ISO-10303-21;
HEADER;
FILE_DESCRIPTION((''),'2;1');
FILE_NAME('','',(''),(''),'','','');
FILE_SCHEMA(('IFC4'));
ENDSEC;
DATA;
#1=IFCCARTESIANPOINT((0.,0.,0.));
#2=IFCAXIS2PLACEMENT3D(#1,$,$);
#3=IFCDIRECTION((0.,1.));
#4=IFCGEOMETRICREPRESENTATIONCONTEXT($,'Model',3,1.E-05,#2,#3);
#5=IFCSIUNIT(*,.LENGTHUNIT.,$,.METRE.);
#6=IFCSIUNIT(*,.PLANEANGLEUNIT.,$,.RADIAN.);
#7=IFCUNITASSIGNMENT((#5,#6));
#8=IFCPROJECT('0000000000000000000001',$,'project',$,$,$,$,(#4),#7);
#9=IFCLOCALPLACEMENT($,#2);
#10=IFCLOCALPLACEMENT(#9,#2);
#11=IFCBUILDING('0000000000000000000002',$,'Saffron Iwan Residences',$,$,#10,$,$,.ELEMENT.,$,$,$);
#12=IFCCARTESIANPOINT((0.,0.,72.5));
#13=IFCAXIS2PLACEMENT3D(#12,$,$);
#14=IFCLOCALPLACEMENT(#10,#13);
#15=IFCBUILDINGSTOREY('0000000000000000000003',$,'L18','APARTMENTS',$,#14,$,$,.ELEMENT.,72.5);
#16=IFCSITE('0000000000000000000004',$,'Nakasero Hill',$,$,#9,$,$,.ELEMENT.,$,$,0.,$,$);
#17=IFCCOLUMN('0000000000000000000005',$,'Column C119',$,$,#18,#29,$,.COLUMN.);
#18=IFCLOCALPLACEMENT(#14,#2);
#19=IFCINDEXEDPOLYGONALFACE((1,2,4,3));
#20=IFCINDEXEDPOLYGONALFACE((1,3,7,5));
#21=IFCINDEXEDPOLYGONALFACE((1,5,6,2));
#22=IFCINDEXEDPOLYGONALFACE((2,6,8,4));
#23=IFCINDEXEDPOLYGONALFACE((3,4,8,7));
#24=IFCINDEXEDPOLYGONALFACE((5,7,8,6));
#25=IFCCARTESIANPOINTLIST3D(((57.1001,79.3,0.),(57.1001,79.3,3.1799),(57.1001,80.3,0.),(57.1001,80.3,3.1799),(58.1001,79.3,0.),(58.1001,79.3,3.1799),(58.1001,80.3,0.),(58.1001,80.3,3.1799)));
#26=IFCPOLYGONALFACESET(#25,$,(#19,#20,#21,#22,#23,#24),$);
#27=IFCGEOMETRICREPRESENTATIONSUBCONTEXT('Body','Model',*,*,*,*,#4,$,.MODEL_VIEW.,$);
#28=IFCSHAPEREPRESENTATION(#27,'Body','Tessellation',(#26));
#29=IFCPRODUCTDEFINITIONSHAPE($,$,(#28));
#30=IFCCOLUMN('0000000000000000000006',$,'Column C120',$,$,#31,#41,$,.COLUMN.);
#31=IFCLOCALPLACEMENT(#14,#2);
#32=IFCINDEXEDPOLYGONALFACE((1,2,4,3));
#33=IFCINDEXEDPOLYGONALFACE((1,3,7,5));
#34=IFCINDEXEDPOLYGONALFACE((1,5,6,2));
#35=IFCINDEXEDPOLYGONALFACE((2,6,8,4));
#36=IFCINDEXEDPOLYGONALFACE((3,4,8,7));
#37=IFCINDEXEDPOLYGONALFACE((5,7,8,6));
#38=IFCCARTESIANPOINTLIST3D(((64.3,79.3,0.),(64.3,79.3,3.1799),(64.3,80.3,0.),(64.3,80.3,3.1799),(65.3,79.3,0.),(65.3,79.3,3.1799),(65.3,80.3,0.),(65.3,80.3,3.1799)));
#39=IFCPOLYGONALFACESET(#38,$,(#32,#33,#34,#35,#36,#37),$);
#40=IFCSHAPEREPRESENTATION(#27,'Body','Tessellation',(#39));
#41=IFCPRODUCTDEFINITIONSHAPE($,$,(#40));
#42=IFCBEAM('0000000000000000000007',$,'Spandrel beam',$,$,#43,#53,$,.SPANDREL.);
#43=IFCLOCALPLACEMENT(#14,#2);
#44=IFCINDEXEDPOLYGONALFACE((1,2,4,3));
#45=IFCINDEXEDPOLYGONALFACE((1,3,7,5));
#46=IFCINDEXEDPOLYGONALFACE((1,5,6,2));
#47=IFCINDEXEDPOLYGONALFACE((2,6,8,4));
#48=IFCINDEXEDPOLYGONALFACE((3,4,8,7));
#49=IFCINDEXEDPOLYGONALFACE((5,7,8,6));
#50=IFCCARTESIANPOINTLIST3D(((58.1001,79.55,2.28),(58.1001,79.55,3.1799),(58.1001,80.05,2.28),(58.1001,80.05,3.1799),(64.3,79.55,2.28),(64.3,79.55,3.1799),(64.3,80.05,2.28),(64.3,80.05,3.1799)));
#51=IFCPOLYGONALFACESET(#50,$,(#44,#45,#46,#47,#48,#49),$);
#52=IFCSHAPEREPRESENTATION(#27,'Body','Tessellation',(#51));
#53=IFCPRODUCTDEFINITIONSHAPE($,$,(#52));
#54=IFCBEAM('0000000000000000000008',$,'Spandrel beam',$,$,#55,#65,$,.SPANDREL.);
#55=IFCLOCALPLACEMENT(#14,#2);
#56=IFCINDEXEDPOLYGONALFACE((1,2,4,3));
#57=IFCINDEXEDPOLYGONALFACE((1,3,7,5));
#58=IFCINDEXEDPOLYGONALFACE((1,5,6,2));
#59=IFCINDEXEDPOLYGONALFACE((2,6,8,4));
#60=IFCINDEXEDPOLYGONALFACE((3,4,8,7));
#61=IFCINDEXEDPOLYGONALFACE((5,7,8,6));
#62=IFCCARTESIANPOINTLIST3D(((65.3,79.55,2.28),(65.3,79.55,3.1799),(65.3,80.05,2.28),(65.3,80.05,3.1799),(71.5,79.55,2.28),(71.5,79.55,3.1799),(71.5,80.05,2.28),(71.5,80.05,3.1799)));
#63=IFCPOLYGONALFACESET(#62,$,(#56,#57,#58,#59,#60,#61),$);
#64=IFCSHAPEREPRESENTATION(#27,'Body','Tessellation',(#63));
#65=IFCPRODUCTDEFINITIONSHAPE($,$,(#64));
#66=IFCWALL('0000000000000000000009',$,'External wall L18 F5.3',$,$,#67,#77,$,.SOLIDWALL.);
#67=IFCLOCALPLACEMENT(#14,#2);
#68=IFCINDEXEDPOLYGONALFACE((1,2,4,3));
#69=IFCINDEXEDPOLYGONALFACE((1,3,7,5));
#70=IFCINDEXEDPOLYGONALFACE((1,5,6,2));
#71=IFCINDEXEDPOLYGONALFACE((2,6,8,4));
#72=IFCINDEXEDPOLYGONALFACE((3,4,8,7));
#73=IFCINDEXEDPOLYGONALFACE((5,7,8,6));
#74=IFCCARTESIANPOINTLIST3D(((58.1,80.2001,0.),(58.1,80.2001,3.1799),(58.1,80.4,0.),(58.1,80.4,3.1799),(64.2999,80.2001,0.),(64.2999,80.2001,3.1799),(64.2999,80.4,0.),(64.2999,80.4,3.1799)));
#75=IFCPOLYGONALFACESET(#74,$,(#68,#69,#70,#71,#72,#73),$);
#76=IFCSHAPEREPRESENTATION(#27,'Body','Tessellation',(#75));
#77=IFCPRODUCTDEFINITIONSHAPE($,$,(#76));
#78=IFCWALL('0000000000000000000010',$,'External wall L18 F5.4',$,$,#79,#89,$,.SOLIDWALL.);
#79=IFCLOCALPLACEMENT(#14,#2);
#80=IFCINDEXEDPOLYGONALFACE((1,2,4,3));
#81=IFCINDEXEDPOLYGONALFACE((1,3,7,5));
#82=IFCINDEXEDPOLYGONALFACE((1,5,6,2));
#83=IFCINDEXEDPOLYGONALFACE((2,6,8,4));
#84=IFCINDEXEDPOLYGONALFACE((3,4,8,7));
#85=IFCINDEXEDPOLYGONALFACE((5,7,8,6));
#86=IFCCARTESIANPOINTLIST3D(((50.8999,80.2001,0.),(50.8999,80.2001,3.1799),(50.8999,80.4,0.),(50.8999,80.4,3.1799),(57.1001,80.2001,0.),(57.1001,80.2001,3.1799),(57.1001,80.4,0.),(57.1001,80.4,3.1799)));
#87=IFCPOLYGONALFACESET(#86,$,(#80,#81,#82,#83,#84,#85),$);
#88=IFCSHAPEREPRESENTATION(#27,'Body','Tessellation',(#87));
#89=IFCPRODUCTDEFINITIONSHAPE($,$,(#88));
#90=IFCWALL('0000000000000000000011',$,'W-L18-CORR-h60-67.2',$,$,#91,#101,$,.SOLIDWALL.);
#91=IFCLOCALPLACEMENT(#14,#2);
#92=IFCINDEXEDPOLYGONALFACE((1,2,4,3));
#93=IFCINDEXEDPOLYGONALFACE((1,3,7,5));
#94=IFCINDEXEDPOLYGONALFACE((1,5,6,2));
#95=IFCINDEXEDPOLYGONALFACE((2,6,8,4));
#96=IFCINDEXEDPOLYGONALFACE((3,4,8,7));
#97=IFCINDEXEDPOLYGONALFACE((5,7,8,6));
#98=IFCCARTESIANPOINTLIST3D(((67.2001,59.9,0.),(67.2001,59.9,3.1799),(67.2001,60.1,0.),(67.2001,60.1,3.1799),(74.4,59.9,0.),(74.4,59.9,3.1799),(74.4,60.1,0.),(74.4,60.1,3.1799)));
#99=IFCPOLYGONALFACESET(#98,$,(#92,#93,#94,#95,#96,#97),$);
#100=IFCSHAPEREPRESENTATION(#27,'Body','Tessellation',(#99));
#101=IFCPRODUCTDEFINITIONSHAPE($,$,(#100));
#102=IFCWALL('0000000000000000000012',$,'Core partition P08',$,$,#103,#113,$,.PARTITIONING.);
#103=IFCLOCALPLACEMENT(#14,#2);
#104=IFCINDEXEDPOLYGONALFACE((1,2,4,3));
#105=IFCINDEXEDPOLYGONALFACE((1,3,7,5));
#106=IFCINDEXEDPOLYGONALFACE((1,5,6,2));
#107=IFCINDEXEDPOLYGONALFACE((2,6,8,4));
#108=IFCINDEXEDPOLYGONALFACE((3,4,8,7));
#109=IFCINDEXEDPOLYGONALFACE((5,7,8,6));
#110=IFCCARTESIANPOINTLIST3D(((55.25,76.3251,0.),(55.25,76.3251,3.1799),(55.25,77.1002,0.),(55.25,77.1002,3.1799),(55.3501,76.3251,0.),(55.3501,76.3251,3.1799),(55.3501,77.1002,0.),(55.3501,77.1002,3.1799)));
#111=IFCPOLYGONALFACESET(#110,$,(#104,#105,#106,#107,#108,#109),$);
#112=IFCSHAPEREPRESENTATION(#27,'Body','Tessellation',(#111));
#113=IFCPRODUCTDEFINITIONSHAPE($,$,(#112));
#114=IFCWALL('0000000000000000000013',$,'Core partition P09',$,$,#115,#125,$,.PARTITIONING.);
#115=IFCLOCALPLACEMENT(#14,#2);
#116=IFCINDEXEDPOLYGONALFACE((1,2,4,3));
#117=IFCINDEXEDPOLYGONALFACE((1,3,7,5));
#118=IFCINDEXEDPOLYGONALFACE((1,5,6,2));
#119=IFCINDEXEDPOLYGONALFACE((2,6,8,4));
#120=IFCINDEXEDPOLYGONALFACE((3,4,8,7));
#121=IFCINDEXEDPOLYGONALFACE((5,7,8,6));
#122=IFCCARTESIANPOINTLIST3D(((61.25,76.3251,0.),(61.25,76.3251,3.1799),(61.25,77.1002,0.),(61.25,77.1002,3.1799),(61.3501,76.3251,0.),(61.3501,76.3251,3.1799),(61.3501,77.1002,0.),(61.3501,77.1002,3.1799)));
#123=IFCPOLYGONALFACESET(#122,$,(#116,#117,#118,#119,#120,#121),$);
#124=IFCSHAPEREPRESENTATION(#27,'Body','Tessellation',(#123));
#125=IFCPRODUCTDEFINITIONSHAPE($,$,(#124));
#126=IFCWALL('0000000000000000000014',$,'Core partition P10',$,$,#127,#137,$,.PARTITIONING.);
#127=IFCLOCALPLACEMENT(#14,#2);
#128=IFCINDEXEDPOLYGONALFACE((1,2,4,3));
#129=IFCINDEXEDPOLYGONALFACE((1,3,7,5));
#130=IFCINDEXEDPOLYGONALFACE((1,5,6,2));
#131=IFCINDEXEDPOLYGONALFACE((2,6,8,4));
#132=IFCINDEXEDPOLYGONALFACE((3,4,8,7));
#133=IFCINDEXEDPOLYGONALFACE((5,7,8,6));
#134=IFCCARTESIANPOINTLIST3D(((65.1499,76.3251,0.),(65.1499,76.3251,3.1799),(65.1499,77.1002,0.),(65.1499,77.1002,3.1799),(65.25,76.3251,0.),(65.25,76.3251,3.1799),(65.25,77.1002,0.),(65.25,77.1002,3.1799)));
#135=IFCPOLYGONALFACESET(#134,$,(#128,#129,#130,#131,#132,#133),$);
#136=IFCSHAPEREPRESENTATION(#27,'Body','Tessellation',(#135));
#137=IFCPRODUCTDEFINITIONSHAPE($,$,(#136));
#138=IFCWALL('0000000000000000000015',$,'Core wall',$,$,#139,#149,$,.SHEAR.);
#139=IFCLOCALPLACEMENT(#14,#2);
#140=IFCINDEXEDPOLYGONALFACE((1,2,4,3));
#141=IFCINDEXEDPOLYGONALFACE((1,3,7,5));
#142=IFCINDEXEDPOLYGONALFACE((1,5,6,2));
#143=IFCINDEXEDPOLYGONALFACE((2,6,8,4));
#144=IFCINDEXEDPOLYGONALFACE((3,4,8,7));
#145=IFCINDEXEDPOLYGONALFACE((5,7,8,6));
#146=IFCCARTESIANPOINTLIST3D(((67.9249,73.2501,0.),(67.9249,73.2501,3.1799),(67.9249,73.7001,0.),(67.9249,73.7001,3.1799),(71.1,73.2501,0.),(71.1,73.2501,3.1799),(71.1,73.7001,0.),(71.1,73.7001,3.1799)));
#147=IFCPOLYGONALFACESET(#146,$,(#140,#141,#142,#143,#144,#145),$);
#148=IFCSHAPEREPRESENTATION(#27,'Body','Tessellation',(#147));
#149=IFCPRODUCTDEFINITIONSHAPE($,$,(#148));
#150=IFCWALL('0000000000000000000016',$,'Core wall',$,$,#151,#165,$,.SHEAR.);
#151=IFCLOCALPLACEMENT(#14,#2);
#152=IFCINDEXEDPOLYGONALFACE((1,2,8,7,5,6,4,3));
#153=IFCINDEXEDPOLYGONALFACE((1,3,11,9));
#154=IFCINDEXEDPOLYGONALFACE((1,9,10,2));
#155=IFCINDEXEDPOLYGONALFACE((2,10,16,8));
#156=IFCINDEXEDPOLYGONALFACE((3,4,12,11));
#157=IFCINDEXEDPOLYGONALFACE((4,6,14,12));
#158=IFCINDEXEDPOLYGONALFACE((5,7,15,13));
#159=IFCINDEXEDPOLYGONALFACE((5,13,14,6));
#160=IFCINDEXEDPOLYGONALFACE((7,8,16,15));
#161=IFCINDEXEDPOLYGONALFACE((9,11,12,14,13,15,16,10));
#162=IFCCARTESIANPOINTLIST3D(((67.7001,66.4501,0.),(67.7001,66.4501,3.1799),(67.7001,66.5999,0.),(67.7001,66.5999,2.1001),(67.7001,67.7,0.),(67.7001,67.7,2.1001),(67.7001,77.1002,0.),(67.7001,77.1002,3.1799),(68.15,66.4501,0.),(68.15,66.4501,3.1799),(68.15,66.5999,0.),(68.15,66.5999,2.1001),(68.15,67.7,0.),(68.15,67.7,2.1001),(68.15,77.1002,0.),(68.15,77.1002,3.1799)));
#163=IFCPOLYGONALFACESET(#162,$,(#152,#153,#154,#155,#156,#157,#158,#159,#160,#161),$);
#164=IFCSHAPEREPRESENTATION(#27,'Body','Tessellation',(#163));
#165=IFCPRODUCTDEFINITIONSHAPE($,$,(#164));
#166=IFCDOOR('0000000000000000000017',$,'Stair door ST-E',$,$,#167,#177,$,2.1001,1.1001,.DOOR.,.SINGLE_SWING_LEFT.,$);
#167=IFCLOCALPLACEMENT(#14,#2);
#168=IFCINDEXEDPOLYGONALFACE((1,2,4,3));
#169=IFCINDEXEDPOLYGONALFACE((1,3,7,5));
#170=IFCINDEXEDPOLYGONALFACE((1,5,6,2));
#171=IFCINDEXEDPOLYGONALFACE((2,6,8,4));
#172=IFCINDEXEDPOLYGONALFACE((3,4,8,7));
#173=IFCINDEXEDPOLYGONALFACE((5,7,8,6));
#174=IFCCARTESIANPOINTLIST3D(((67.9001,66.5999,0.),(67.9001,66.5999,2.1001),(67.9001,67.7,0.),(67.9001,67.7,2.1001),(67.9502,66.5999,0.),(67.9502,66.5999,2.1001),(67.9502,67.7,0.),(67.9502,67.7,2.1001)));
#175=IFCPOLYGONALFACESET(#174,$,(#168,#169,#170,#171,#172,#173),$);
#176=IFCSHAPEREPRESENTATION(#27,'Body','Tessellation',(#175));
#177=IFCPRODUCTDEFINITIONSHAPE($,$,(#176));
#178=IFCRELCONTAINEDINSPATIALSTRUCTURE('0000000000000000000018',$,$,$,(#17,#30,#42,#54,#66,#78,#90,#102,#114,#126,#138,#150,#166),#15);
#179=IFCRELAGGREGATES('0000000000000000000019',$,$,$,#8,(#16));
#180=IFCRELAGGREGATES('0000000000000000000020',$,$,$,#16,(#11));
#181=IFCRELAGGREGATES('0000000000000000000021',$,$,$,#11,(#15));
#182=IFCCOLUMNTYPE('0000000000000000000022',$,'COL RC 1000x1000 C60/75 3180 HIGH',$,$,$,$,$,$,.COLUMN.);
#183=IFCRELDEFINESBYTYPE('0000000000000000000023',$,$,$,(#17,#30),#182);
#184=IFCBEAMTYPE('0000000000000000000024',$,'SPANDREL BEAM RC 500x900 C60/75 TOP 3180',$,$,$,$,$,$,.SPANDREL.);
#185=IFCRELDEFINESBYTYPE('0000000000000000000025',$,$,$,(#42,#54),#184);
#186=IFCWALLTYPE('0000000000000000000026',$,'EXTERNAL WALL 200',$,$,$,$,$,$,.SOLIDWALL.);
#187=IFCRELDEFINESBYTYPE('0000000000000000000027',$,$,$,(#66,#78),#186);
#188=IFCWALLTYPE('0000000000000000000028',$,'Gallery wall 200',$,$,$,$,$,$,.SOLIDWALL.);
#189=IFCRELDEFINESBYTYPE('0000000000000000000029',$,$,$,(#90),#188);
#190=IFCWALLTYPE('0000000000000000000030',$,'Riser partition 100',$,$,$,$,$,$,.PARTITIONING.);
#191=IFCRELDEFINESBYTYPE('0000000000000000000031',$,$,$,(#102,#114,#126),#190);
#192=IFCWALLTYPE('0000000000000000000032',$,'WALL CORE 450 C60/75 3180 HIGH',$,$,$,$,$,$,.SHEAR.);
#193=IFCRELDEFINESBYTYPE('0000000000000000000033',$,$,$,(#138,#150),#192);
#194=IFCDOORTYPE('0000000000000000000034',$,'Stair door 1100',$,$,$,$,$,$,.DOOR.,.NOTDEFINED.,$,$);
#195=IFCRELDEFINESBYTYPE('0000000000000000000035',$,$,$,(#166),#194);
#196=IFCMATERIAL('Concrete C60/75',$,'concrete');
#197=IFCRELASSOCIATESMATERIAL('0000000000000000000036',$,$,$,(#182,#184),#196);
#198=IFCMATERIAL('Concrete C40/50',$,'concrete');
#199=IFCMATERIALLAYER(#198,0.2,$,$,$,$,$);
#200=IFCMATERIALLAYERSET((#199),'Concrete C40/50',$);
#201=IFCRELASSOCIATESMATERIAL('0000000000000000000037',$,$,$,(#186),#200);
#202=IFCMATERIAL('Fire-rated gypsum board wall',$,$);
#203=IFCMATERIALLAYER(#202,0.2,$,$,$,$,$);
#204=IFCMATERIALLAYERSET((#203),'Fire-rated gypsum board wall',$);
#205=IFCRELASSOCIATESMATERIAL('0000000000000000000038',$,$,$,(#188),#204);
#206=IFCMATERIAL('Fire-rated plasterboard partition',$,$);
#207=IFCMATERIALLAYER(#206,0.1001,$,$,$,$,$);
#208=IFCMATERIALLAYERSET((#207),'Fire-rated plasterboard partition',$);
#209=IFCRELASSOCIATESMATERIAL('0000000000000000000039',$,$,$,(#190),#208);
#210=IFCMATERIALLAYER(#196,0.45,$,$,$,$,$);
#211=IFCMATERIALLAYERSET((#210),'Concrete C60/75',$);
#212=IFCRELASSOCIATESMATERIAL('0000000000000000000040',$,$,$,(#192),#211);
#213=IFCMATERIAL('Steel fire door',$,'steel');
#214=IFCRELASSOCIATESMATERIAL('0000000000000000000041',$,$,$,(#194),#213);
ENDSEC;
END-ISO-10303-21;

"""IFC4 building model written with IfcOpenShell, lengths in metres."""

from ifc_helpers import new_model, si_unit, direction, frame, frame_2d, origin, origin_2d, place, context, subcontext, project, spatial, rectangle, extrude, source, transform, mapped, material, layer, layer_set, material_profile, profile_set, type_object, element, fill, save


model = new_model("IFC4")

# Units and contexts
model_context = context("Model", 3, precision=1e-05, world=origin(), true_north=direction((0.0, 1.0)))
body_context = subcontext(model_context, "Body", "Model", "MODEL_VIEW")
ifc_project = project(units=[si_unit("LENGTHUNIT", "METRE"), si_unit("PLANEANGLEUNIT", "RADIAN")], contexts=[model_context])

# Site, building, storey
site_placement = place(None, origin())
site = spatial("IfcSite", under=ifc_project, at=site_placement, Name="Nakasero Hill", CompositionType="ELEMENT", RefElevation=0.0)
building_placement = place(site_placement, origin())
building = spatial("IfcBuilding", under=site, at=building_placement, Name="Saffron Iwan Residences", CompositionType="ELEMENT")
storey_placement = place(building_placement, frame((0.0, 0.0, 72.5)))
storey = spatial("IfcBuildingStorey", under=building, at=storey_placement, Name="L18", Description="APARTMENTS", CompositionType="ELEMENT", Elevation=72.5)

# Columns
ifc_material_1 = material(Name="Concrete C60/75", Category="concrete")
ifc_material_profile_1 = material_profile(ifc_material_1, rectangle(XDim=1.0, YDim=1.0, at=origin_2d()), Name="RC 1000x1000")
ifc_profile_set_1 = profile_set([ifc_material_profile_1], Name="Concrete C60/75")
column_type = type_object("IfcColumnType", Name="COL RC 1000x1000 C60/75 3180 HIGH", PredefinedType="COLUMN", material=ifc_profile_set_1)
shared_shape_1 = source(origin(), body_context, "Body", "SweptSolid", [
    extrude(rectangle(XDim=1.0, YDim=1.0, at=origin_2d()), origin(), (0.0, 0.0, 1.0), 3.1799),
])
for number, where, z_axis, x_axis, name in (
    (1, (57.6001, 79.8, 0.0), (0.0, 0.0, 1.0), (1.0, 0.0, 0.0), "Column C119"),
    (2, (64.8, 79.8, 0.0), (0.0, 0.0, 1.0), (1.0, 0.0, 0.0), "Column C120"),
):
    element("IfcColumn", number, at=place(storey_placement, frame(where, z_axis=z_axis, x_axis=x_axis)), inside=storey, type_object=column_type, Name=name, PredefinedType="COLUMN", context=body_context, shape_type="MappedRepresentation", body=[
        mapped(shared_shape_1, transform((0.0, 0.0, 0.0))),
    ])

# Beams
ifc_material_profile_2 = material_profile(ifc_material_1, rectangle(XDim=0.5, YDim=0.8999, at=origin_2d()), Name="RC 500x900")
ifc_profile_set_2 = profile_set([ifc_material_profile_2], Name="Concrete C60/75")
beam_type = type_object("IfcBeamType", Name="SPANDREL BEAM RC 500x900 C60/75 TOP 3180", PredefinedType="SPANDREL", material=ifc_profile_set_2)
shared_shape_2 = source(origin(), body_context, "Body", "SweptSolid", [
    extrude(rectangle(XDim=0.5, YDim=0.8999, at=origin_2d()), origin(), (0.0, 0.0, 1.0), 6.2),
])
for number, where, z_axis, x_axis, name in (
    (3, (58.1001, 79.8, 2.73), (1.0, 0.0, 0.0), (0.0, 1.0, 0.0), "Spandrel beam"),
    (4, (65.3, 79.8, 2.73), (1.0, 0.0, 0.0), (0.0, 1.0, 0.0), "Spandrel beam"),
):
    element("IfcBeam", number, at=place(storey_placement, frame(where, z_axis=z_axis, x_axis=x_axis)), inside=storey, type_object=beam_type, Name=name, PredefinedType="SPANDREL", context=body_context, shape_type="MappedRepresentation", body=[
        mapped(shared_shape_2, transform((0.0, 0.0, 0.0))),
    ])

# Walls
ifc_material_2 = material(Name="Concrete C40/50", Category="concrete")
ifc_layer_1 = layer(ifc_material_2, 0.2)
ifc_layer_set_1 = layer_set([ifc_layer_1], Name="Concrete C40/50")
wall_type_1 = type_object("IfcWallType", Name="EXTERNAL WALL 200", PredefinedType="SOLIDWALL", material=ifc_layer_set_1)
wall_1_placement = place(storey_placement, frame((64.3, 80.3, 0.0), z_axis=(0.0, 0.0, 1.0), x_axis=(-1.0, 0.0, 0.0)))
element("IfcWall", 5, at=wall_1_placement, inside=storey, type_object=wall_type_1, Name="External wall L18 F5.3", PredefinedType="SOLIDWALL", context=body_context, shape_type="SweptSolid", body=[
    extrude(rectangle(XDim=6.2, YDim=0.2, at=frame_2d((3.1001, 0.0))), origin(), (0.0, 0.0, 1.0), 3.1799),
])
wall_2_placement = place(storey_placement, frame((57.1001, 80.3, 0.0), z_axis=(0.0, 0.0, 1.0), x_axis=(-1.0, 0.0, 0.0)))
element("IfcWall", 6, at=wall_2_placement, inside=storey, type_object=wall_type_1, Name="External wall L18 F5.4", PredefinedType="SOLIDWALL", context=body_context, shape_type="SweptSolid", body=[
    extrude(rectangle(XDim=6.2002, YDim=0.2, at=frame_2d((3.1001, 0.0))), origin(), (0.0, 0.0, 1.0), 3.1799),
])
ifc_material_3 = material(Name="Fire-rated gypsum board wall")
ifc_layer_2 = layer(ifc_material_3, 0.2)
ifc_layer_set_2 = layer_set([ifc_layer_2], Name="Fire-rated gypsum board wall")
wall_type_2 = type_object("IfcWallType", Name="Gallery wall 200", PredefinedType="SOLIDWALL", material=ifc_layer_set_2)
wall_3_placement = place(storey_placement, frame((67.2, 60.0, 0.0), z_axis=(0.0, 0.0, 1.0), x_axis=(1.0, 0.0, 0.0)))
element("IfcWall", 7, at=wall_3_placement, inside=storey, type_object=wall_type_2, Name="W-L18-CORR-h60-67.2", PredefinedType="SOLIDWALL", context=body_context, shape_type="SweptSolid", body=[
    extrude(rectangle(XDim=7.2, YDim=0.2, at=frame_2d((3.6001, 0.0))), origin(), (0.0, 0.0, 1.0), 3.1799),
])
ifc_material_4 = material(Name="Fire-rated plasterboard partition")
ifc_layer_3 = layer(ifc_material_4, 0.1001)
ifc_layer_set_3 = layer_set([ifc_layer_3], Name="Fire-rated plasterboard partition")
wall_type_3 = type_object("IfcWallType", Name="Riser partition 100", PredefinedType="PARTITIONING", material=ifc_layer_set_3)
for number, where, z_axis, x_axis, name in (
    (8, (55.3, 76.325, 0.0), (0.0, 0.0, 1.0), (0.0, 1.0, 0.0), "Core partition P08"),
    (9, (61.3, 76.325, 0.0), (0.0, 0.0, 1.0), (0.0, 1.0, 0.0), "Core partition P09"),
    (10, (65.2, 76.325, 0.0), (0.0, 0.0, 1.0), (0.0, 1.0, 0.0), "Core partition P10"),
):
    element("IfcWall", number, at=place(storey_placement, frame(where, z_axis=z_axis, x_axis=x_axis)), inside=storey, type_object=wall_type_3, Name=name, PredefinedType="PARTITIONING", context=body_context, shape_type="SweptSolid", body=[
        extrude(rectangle(XDim=0.7751, YDim=0.1001, at=frame_2d((0.3877, 0.0))), origin(), (0.0, 0.0, 1.0), 3.1799),
    ])
ifc_layer_4 = layer(ifc_material_1, 0.45)
ifc_layer_set_4 = layer_set([ifc_layer_4], Name="Concrete C60/75")
wall_type_4 = type_object("IfcWallType", Name="WALL CORE 450 C60/75 3180 HIGH", PredefinedType="SHEAR", material=ifc_layer_set_4)
wall_4_placement = place(storey_placement, frame((67.925, 73.4751, 0.0), z_axis=(0.0, 0.0, 1.0), x_axis=(1.0, 0.0, 0.0)))
element("IfcWall", 11, at=wall_4_placement, inside=storey, type_object=wall_type_4, Name="Core wall", PredefinedType="SHEAR", context=body_context, shape_type="SweptSolid", body=[
    extrude(rectangle(XDim=3.175, YDim=0.45, at=frame_2d((1.5874, 0.0))), origin(), (0.0, 0.0, 1.0), 3.1799),
])

# Wall, opening, door
wall_5_placement = place(storey_placement, frame((67.925, 66.45, 0.0), z_axis=(0.0, 0.0, 1.0), x_axis=(0.0, 1.0, 0.0)))
wall_5 = element("IfcWall", 12, at=wall_5_placement, inside=storey, type_object=wall_type_4, Name="Core wall", PredefinedType="SHEAR", context=body_context, shape_type="SweptSolid", body=[
    extrude(rectangle(XDim=10.6501, YDim=0.45, at=frame_2d((5.3252, 0.0))), origin(), (0.0, 0.0, 1.0), 3.1799),
])
opening_1_placement = place(wall_5_placement, frame((0.1499, 0.0, 0.0)))
opening_1 = element("IfcOpeningElement", 13, at=opening_1_placement, cuts=wall_5, PredefinedType="OPENING", context=body_context, shape_type="SweptSolid", body=[
    extrude(rectangle(XDim=1.1001, YDim=2.1001, at=frame_2d((0.55, 1.05))), frame((0.0, 0.2349, 0.0), z_axis=(0.0, -1.0, 0.0), x_axis=(1.0, 0.0, 0.0)), (0.0, 0.0, 1.0), 0.47),
])
ifc_material_5 = material(Name="Steel fire door", Category="steel")
door_type_1 = type_object("IfcDoorType", Name="Stair door 1100", OperationType="NOTDEFINED", PredefinedType="DOOR", material=ifc_material_5)
door_1_placement = place(opening_1_placement, origin())
door_1 = element("IfcDoor", 14, at=door_1_placement, inside=storey, type_object=door_type_1, Name="Stair door ST-E", OperationType="SINGLE_SWING_LEFT", OverallHeight=2.1001, OverallWidth=1.1001, PredefinedType="DOOR", context=body_context, shape_type="SweptSolid", body=[
    extrude(rectangle(XDim=1.1001, YDim=2.1001, at=frame_2d((0.55, 1.05))), frame((0.0, 0.0249, 0.0), z_axis=(0.0, -1.0, 0.0), x_axis=(1.0, 0.0, 0.0)), (0.0, 0.0, 1.0), 0.05),
])
fill(opening_1, door_1)

save(model, "model.ifc")
